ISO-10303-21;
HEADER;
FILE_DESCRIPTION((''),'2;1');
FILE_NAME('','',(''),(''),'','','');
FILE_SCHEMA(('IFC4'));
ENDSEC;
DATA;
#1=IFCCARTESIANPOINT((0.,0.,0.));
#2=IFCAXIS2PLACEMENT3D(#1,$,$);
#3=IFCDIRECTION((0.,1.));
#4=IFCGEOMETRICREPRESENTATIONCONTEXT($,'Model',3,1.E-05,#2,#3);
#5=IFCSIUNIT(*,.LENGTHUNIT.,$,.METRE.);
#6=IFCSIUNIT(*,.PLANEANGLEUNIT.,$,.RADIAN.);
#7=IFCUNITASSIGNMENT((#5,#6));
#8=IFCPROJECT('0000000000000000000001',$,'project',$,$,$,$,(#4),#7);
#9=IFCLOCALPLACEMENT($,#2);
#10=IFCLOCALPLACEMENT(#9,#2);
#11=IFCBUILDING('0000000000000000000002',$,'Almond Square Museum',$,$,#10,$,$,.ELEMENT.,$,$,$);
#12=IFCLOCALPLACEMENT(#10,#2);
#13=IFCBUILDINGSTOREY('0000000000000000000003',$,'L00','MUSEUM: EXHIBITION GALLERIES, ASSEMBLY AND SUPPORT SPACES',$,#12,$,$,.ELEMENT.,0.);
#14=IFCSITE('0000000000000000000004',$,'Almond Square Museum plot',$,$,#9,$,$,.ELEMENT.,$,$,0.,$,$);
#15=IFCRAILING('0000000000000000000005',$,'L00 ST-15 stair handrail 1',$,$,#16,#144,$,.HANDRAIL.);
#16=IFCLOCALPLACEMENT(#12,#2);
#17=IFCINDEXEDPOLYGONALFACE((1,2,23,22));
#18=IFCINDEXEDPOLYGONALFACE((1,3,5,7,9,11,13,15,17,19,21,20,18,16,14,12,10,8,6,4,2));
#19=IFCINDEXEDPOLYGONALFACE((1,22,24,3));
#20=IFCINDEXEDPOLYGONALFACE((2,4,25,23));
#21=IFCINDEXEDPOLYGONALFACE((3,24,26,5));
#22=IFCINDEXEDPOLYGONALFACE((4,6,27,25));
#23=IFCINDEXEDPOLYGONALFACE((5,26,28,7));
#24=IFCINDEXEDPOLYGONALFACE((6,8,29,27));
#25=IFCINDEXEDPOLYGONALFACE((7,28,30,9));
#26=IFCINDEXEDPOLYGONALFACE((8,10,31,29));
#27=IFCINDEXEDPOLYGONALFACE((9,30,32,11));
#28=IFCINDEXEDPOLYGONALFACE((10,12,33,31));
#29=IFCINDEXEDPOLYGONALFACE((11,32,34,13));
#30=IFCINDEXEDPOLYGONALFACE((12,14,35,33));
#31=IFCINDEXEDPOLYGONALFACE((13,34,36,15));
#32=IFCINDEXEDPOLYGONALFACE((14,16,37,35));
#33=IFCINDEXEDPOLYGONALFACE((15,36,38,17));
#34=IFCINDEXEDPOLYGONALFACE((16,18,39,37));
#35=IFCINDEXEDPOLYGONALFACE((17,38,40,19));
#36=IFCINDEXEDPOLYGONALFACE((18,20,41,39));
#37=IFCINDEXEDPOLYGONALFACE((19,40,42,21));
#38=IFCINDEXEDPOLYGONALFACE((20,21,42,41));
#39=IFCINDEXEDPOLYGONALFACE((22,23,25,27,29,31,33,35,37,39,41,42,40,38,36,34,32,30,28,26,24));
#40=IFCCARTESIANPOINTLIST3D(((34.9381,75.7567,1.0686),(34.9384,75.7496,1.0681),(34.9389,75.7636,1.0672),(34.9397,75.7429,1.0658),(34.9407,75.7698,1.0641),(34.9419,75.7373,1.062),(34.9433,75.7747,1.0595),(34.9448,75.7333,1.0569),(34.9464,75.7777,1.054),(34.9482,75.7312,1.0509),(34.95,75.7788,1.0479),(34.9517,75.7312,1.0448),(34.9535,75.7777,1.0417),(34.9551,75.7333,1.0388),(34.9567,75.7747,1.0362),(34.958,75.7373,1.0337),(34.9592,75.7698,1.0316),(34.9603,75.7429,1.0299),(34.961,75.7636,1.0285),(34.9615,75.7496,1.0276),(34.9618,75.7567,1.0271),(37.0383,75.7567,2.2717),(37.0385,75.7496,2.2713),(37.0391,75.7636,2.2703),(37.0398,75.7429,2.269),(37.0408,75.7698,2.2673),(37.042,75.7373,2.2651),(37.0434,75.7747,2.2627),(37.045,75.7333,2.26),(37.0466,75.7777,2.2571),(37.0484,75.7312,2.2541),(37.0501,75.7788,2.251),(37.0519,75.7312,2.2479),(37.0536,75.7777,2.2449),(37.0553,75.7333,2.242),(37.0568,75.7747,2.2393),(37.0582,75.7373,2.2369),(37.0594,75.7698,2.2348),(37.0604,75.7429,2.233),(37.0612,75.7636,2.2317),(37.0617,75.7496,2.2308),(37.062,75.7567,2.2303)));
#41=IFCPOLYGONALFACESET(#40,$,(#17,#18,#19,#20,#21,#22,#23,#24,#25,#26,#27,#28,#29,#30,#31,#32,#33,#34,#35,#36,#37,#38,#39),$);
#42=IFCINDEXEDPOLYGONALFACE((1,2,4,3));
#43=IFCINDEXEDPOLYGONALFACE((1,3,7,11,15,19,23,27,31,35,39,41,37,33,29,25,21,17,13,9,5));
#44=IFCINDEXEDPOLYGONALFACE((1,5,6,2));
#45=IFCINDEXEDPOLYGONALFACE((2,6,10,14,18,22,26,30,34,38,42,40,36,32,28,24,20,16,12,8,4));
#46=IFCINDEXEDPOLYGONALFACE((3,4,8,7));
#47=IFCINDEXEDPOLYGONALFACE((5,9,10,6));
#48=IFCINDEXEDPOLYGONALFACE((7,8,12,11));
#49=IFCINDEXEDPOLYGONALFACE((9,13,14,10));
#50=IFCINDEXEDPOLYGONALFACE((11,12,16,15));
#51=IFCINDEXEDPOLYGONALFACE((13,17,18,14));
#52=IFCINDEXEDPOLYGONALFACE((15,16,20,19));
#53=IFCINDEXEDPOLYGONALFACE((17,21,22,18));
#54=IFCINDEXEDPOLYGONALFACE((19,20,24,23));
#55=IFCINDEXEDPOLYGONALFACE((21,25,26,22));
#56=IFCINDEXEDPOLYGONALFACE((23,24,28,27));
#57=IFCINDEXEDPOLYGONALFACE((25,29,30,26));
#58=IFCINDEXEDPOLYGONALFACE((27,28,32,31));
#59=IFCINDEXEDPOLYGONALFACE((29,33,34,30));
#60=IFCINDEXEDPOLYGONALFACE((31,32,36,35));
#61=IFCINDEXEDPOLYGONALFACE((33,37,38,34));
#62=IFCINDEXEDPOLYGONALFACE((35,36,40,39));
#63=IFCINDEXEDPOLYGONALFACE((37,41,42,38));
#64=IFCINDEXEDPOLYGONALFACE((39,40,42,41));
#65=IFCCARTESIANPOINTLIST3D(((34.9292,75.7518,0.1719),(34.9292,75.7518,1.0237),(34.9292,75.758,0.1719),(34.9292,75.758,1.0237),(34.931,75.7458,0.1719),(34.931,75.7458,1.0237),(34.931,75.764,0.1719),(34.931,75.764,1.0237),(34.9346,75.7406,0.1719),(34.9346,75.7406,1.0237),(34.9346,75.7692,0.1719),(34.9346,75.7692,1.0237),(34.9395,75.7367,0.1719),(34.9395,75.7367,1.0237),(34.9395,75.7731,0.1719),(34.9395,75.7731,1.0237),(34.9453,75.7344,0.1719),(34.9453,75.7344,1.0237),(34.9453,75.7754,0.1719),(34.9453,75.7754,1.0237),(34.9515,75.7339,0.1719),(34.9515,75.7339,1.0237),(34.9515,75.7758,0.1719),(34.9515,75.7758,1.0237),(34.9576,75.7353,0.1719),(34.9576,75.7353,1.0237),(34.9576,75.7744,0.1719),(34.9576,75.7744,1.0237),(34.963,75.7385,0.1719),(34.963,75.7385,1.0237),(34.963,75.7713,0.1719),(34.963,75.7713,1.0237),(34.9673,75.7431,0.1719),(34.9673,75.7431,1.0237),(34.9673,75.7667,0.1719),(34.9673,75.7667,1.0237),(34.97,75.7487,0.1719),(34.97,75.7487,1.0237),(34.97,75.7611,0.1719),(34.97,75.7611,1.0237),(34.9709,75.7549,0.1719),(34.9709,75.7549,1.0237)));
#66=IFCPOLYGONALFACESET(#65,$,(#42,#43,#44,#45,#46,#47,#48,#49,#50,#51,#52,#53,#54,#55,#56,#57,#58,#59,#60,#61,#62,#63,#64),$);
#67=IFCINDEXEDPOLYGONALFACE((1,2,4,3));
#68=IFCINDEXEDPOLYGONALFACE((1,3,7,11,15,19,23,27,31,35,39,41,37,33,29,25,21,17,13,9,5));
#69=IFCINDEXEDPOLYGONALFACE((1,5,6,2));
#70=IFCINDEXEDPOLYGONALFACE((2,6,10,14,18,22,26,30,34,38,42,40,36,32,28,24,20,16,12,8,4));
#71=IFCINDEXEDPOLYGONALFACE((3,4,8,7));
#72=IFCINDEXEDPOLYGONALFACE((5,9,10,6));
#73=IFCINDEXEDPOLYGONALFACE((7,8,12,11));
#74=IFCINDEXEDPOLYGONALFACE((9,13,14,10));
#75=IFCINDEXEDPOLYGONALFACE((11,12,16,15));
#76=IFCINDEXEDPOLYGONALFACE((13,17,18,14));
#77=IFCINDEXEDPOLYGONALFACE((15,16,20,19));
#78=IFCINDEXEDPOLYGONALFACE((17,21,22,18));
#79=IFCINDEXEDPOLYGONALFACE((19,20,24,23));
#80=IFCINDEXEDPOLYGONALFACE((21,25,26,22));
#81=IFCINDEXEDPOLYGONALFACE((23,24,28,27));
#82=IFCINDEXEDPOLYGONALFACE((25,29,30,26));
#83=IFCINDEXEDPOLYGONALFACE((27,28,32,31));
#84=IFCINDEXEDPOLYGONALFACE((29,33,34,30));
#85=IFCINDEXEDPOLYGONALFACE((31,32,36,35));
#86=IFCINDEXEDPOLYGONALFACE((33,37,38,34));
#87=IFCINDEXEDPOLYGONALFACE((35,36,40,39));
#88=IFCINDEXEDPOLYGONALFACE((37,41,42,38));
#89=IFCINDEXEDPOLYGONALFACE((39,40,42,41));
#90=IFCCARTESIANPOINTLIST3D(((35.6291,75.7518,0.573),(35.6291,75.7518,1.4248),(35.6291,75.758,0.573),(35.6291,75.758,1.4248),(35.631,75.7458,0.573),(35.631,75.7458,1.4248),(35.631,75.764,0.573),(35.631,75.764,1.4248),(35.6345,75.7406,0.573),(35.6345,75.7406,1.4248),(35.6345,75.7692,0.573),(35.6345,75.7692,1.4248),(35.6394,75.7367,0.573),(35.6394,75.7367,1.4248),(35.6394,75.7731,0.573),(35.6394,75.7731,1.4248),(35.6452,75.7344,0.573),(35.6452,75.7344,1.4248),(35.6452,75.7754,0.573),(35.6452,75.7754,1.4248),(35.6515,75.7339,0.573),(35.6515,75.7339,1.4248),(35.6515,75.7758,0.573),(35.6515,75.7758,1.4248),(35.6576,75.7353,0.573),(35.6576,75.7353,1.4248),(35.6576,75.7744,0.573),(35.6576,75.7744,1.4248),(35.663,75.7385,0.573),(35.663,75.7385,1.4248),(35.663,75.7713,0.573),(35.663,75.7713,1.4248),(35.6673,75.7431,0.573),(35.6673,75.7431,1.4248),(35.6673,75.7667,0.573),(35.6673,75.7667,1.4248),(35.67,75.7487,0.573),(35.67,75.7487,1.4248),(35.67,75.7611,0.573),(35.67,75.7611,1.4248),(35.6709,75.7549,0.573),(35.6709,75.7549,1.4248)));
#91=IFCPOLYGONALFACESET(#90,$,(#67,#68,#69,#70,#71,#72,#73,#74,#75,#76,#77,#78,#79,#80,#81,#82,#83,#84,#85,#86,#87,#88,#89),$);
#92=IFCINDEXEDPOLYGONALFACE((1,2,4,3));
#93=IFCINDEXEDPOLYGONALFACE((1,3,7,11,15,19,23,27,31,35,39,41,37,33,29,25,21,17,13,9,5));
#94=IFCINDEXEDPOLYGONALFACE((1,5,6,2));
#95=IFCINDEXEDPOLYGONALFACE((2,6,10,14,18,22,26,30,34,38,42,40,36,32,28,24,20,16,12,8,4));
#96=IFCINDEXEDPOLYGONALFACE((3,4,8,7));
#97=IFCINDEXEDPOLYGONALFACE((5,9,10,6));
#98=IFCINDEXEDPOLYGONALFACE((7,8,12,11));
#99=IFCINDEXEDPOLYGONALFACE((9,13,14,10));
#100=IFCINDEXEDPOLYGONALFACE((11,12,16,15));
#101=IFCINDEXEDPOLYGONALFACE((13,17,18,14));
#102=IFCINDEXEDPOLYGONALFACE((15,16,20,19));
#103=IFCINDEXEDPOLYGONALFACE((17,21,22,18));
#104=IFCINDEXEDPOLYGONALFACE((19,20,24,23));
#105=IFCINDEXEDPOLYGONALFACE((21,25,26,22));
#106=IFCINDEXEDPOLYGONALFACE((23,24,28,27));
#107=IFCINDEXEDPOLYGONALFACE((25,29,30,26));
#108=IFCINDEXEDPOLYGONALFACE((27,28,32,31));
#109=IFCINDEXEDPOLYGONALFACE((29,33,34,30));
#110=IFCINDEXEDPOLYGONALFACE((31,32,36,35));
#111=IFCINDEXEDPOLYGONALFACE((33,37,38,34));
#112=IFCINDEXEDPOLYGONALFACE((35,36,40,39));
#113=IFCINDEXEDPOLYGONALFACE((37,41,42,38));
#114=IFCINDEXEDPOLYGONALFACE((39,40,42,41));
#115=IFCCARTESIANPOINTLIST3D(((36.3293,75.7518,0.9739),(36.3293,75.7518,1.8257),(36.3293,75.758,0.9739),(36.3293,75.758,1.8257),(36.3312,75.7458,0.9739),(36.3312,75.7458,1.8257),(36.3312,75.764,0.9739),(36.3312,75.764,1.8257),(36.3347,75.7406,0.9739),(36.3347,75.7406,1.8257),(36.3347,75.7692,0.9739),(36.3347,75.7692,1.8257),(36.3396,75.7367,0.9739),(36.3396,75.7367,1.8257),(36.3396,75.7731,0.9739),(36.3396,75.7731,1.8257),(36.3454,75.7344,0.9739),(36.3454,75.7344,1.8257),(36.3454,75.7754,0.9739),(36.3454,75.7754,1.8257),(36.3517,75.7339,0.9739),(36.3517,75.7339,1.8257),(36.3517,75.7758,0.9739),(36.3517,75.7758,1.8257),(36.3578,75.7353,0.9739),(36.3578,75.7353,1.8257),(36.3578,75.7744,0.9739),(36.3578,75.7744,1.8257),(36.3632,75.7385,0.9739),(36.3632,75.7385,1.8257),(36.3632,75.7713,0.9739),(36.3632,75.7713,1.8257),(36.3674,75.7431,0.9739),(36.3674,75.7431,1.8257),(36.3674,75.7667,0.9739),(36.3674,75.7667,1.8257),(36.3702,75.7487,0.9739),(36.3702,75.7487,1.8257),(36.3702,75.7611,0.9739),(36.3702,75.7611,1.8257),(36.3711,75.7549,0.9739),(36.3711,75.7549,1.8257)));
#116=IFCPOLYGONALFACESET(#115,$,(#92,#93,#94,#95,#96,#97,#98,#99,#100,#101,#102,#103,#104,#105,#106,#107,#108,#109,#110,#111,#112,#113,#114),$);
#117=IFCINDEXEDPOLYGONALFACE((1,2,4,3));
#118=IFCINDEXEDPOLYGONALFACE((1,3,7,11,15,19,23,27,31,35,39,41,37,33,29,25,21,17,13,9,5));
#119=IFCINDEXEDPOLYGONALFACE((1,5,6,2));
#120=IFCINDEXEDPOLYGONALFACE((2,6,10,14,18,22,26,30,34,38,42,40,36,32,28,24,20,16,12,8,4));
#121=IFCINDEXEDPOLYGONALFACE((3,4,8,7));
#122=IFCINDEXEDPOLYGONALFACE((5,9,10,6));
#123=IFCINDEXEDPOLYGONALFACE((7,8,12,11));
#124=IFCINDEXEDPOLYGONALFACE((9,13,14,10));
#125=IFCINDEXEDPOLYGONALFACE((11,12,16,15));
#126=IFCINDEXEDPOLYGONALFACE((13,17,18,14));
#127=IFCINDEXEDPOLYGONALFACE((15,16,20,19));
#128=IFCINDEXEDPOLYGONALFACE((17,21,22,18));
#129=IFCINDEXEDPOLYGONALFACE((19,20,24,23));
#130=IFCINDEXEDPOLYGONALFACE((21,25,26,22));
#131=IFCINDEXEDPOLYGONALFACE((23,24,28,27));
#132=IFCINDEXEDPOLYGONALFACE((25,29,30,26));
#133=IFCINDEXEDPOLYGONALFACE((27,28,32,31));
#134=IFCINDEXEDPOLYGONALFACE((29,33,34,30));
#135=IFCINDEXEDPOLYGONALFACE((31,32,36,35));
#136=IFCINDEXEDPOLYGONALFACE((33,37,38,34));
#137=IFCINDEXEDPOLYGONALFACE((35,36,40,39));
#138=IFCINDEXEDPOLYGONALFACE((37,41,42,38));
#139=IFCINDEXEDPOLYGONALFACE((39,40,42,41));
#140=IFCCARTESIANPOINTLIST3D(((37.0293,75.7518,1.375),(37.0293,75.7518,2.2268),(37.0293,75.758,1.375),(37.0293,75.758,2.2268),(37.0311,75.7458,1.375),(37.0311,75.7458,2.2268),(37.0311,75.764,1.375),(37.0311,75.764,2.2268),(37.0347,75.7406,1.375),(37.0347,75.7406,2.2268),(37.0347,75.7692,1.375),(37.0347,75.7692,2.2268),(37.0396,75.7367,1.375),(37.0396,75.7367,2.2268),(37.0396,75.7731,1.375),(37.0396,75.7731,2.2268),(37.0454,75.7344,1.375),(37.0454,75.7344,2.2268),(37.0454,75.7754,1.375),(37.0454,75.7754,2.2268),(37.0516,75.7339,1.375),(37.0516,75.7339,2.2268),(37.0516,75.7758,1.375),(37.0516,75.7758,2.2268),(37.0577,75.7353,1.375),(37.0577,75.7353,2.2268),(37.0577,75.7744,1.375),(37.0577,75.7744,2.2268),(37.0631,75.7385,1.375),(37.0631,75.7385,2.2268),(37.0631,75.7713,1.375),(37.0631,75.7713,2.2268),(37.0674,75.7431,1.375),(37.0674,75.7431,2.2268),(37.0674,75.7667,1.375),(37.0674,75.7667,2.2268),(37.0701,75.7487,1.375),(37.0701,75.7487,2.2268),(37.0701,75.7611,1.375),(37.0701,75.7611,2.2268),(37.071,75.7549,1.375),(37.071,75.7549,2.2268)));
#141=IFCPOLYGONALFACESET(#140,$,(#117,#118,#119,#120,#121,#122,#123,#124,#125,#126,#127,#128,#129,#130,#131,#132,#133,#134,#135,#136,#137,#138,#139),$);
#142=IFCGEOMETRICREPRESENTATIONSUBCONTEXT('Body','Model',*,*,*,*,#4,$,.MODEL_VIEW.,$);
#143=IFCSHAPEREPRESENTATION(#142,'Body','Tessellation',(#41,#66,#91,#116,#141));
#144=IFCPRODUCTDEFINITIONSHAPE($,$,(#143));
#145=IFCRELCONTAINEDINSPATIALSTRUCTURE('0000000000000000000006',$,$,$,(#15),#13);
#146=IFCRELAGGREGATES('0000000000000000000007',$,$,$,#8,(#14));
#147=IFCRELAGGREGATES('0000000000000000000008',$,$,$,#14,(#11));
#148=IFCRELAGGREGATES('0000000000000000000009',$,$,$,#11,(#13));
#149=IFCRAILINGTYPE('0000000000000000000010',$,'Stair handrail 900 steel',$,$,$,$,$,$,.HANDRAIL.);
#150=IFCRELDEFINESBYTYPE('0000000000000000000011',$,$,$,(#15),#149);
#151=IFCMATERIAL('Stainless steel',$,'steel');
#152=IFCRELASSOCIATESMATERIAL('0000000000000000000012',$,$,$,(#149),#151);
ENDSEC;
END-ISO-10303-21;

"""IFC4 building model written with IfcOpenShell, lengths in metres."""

from ifc_helpers import new_model, si_unit, direction, frame, origin, origin_2d, place, context, subcontext, project, spatial, circle, extrude, material, type_object, element, save


model = new_model("IFC4")

# Units and contexts
model_context = context("Model", 3, precision=1e-05, world=origin(), true_north=direction((0.0, 1.0)))
body_context = subcontext(model_context, "Body", "Model", "MODEL_VIEW")
ifc_project = project(units=[si_unit("LENGTHUNIT", "METRE"), si_unit("PLANEANGLEUNIT", "RADIAN")], contexts=[model_context])

# Site, building, storey
site_placement = place(None, origin())
site = spatial("IfcSite", under=ifc_project, at=site_placement, Name="Almond Square Museum plot", CompositionType="ELEMENT", RefElevation=0.0)
building_placement = place(site_placement, origin())
building = spatial("IfcBuilding", under=site, at=building_placement, Name="Almond Square Museum", CompositionType="ELEMENT")
storey_placement = place(building_placement, origin())
storey = spatial("IfcBuildingStorey", under=building, at=storey_placement, Name="L00", Description="MUSEUM: EXHIBITION GALLERIES, ASSEMBLY AND SUPPORT SPACES", CompositionType="ELEMENT", Elevation=0.0)

# Railing
ifc_material_1 = material(Name="Stainless steel", Category="steel")
railing_type_1 = type_object("IfcRailingType", Name="Stair handrail 900 steel", PredefinedType="HANDRAIL", material=ifc_material_1)
for number, where, name in (
    (1, (34.95, 75.7549, 0.1719), "L00 ST-15 stair handrail 1"),
):
    element("IfcRailing", number, at=place(storey_placement, frame(where)), inside=storey, type_object=railing_type_1, Name=name, PredefinedType="HANDRAIL", context=body_context, shape_type="SweptSolid", body=[
        extrude(circle(Radius=0.0239, at=origin_2d()), frame((0.0, 0.0, 0.876), z_axis=(0.867696, 0.0, 0.497095), x_axis=(0.0, 1.0, 0.0)), (0.0, 0.0, 1.0), 2.4204),
        extrude(circle(Radius=0.021, at=origin_2d()), origin(), (0.0, 0.0, 1.0), 0.8518),
        extrude(circle(Radius=0.021, at=origin_2d()), frame((0.7, 0.0, 0.4011)), (0.0, 0.0, 1.0), 0.8518),
        extrude(circle(Radius=0.021, at=origin_2d()), frame((1.4001, 0.0, 0.802)), (0.0, 0.0, 1.0), 0.8518),
        extrude(circle(Radius=0.021, at=origin_2d()), frame((2.1001, 0.0, 1.2031)), (0.0, 0.0, 1.0), 0.8518),
    ])

save(model, "model.ifc")
